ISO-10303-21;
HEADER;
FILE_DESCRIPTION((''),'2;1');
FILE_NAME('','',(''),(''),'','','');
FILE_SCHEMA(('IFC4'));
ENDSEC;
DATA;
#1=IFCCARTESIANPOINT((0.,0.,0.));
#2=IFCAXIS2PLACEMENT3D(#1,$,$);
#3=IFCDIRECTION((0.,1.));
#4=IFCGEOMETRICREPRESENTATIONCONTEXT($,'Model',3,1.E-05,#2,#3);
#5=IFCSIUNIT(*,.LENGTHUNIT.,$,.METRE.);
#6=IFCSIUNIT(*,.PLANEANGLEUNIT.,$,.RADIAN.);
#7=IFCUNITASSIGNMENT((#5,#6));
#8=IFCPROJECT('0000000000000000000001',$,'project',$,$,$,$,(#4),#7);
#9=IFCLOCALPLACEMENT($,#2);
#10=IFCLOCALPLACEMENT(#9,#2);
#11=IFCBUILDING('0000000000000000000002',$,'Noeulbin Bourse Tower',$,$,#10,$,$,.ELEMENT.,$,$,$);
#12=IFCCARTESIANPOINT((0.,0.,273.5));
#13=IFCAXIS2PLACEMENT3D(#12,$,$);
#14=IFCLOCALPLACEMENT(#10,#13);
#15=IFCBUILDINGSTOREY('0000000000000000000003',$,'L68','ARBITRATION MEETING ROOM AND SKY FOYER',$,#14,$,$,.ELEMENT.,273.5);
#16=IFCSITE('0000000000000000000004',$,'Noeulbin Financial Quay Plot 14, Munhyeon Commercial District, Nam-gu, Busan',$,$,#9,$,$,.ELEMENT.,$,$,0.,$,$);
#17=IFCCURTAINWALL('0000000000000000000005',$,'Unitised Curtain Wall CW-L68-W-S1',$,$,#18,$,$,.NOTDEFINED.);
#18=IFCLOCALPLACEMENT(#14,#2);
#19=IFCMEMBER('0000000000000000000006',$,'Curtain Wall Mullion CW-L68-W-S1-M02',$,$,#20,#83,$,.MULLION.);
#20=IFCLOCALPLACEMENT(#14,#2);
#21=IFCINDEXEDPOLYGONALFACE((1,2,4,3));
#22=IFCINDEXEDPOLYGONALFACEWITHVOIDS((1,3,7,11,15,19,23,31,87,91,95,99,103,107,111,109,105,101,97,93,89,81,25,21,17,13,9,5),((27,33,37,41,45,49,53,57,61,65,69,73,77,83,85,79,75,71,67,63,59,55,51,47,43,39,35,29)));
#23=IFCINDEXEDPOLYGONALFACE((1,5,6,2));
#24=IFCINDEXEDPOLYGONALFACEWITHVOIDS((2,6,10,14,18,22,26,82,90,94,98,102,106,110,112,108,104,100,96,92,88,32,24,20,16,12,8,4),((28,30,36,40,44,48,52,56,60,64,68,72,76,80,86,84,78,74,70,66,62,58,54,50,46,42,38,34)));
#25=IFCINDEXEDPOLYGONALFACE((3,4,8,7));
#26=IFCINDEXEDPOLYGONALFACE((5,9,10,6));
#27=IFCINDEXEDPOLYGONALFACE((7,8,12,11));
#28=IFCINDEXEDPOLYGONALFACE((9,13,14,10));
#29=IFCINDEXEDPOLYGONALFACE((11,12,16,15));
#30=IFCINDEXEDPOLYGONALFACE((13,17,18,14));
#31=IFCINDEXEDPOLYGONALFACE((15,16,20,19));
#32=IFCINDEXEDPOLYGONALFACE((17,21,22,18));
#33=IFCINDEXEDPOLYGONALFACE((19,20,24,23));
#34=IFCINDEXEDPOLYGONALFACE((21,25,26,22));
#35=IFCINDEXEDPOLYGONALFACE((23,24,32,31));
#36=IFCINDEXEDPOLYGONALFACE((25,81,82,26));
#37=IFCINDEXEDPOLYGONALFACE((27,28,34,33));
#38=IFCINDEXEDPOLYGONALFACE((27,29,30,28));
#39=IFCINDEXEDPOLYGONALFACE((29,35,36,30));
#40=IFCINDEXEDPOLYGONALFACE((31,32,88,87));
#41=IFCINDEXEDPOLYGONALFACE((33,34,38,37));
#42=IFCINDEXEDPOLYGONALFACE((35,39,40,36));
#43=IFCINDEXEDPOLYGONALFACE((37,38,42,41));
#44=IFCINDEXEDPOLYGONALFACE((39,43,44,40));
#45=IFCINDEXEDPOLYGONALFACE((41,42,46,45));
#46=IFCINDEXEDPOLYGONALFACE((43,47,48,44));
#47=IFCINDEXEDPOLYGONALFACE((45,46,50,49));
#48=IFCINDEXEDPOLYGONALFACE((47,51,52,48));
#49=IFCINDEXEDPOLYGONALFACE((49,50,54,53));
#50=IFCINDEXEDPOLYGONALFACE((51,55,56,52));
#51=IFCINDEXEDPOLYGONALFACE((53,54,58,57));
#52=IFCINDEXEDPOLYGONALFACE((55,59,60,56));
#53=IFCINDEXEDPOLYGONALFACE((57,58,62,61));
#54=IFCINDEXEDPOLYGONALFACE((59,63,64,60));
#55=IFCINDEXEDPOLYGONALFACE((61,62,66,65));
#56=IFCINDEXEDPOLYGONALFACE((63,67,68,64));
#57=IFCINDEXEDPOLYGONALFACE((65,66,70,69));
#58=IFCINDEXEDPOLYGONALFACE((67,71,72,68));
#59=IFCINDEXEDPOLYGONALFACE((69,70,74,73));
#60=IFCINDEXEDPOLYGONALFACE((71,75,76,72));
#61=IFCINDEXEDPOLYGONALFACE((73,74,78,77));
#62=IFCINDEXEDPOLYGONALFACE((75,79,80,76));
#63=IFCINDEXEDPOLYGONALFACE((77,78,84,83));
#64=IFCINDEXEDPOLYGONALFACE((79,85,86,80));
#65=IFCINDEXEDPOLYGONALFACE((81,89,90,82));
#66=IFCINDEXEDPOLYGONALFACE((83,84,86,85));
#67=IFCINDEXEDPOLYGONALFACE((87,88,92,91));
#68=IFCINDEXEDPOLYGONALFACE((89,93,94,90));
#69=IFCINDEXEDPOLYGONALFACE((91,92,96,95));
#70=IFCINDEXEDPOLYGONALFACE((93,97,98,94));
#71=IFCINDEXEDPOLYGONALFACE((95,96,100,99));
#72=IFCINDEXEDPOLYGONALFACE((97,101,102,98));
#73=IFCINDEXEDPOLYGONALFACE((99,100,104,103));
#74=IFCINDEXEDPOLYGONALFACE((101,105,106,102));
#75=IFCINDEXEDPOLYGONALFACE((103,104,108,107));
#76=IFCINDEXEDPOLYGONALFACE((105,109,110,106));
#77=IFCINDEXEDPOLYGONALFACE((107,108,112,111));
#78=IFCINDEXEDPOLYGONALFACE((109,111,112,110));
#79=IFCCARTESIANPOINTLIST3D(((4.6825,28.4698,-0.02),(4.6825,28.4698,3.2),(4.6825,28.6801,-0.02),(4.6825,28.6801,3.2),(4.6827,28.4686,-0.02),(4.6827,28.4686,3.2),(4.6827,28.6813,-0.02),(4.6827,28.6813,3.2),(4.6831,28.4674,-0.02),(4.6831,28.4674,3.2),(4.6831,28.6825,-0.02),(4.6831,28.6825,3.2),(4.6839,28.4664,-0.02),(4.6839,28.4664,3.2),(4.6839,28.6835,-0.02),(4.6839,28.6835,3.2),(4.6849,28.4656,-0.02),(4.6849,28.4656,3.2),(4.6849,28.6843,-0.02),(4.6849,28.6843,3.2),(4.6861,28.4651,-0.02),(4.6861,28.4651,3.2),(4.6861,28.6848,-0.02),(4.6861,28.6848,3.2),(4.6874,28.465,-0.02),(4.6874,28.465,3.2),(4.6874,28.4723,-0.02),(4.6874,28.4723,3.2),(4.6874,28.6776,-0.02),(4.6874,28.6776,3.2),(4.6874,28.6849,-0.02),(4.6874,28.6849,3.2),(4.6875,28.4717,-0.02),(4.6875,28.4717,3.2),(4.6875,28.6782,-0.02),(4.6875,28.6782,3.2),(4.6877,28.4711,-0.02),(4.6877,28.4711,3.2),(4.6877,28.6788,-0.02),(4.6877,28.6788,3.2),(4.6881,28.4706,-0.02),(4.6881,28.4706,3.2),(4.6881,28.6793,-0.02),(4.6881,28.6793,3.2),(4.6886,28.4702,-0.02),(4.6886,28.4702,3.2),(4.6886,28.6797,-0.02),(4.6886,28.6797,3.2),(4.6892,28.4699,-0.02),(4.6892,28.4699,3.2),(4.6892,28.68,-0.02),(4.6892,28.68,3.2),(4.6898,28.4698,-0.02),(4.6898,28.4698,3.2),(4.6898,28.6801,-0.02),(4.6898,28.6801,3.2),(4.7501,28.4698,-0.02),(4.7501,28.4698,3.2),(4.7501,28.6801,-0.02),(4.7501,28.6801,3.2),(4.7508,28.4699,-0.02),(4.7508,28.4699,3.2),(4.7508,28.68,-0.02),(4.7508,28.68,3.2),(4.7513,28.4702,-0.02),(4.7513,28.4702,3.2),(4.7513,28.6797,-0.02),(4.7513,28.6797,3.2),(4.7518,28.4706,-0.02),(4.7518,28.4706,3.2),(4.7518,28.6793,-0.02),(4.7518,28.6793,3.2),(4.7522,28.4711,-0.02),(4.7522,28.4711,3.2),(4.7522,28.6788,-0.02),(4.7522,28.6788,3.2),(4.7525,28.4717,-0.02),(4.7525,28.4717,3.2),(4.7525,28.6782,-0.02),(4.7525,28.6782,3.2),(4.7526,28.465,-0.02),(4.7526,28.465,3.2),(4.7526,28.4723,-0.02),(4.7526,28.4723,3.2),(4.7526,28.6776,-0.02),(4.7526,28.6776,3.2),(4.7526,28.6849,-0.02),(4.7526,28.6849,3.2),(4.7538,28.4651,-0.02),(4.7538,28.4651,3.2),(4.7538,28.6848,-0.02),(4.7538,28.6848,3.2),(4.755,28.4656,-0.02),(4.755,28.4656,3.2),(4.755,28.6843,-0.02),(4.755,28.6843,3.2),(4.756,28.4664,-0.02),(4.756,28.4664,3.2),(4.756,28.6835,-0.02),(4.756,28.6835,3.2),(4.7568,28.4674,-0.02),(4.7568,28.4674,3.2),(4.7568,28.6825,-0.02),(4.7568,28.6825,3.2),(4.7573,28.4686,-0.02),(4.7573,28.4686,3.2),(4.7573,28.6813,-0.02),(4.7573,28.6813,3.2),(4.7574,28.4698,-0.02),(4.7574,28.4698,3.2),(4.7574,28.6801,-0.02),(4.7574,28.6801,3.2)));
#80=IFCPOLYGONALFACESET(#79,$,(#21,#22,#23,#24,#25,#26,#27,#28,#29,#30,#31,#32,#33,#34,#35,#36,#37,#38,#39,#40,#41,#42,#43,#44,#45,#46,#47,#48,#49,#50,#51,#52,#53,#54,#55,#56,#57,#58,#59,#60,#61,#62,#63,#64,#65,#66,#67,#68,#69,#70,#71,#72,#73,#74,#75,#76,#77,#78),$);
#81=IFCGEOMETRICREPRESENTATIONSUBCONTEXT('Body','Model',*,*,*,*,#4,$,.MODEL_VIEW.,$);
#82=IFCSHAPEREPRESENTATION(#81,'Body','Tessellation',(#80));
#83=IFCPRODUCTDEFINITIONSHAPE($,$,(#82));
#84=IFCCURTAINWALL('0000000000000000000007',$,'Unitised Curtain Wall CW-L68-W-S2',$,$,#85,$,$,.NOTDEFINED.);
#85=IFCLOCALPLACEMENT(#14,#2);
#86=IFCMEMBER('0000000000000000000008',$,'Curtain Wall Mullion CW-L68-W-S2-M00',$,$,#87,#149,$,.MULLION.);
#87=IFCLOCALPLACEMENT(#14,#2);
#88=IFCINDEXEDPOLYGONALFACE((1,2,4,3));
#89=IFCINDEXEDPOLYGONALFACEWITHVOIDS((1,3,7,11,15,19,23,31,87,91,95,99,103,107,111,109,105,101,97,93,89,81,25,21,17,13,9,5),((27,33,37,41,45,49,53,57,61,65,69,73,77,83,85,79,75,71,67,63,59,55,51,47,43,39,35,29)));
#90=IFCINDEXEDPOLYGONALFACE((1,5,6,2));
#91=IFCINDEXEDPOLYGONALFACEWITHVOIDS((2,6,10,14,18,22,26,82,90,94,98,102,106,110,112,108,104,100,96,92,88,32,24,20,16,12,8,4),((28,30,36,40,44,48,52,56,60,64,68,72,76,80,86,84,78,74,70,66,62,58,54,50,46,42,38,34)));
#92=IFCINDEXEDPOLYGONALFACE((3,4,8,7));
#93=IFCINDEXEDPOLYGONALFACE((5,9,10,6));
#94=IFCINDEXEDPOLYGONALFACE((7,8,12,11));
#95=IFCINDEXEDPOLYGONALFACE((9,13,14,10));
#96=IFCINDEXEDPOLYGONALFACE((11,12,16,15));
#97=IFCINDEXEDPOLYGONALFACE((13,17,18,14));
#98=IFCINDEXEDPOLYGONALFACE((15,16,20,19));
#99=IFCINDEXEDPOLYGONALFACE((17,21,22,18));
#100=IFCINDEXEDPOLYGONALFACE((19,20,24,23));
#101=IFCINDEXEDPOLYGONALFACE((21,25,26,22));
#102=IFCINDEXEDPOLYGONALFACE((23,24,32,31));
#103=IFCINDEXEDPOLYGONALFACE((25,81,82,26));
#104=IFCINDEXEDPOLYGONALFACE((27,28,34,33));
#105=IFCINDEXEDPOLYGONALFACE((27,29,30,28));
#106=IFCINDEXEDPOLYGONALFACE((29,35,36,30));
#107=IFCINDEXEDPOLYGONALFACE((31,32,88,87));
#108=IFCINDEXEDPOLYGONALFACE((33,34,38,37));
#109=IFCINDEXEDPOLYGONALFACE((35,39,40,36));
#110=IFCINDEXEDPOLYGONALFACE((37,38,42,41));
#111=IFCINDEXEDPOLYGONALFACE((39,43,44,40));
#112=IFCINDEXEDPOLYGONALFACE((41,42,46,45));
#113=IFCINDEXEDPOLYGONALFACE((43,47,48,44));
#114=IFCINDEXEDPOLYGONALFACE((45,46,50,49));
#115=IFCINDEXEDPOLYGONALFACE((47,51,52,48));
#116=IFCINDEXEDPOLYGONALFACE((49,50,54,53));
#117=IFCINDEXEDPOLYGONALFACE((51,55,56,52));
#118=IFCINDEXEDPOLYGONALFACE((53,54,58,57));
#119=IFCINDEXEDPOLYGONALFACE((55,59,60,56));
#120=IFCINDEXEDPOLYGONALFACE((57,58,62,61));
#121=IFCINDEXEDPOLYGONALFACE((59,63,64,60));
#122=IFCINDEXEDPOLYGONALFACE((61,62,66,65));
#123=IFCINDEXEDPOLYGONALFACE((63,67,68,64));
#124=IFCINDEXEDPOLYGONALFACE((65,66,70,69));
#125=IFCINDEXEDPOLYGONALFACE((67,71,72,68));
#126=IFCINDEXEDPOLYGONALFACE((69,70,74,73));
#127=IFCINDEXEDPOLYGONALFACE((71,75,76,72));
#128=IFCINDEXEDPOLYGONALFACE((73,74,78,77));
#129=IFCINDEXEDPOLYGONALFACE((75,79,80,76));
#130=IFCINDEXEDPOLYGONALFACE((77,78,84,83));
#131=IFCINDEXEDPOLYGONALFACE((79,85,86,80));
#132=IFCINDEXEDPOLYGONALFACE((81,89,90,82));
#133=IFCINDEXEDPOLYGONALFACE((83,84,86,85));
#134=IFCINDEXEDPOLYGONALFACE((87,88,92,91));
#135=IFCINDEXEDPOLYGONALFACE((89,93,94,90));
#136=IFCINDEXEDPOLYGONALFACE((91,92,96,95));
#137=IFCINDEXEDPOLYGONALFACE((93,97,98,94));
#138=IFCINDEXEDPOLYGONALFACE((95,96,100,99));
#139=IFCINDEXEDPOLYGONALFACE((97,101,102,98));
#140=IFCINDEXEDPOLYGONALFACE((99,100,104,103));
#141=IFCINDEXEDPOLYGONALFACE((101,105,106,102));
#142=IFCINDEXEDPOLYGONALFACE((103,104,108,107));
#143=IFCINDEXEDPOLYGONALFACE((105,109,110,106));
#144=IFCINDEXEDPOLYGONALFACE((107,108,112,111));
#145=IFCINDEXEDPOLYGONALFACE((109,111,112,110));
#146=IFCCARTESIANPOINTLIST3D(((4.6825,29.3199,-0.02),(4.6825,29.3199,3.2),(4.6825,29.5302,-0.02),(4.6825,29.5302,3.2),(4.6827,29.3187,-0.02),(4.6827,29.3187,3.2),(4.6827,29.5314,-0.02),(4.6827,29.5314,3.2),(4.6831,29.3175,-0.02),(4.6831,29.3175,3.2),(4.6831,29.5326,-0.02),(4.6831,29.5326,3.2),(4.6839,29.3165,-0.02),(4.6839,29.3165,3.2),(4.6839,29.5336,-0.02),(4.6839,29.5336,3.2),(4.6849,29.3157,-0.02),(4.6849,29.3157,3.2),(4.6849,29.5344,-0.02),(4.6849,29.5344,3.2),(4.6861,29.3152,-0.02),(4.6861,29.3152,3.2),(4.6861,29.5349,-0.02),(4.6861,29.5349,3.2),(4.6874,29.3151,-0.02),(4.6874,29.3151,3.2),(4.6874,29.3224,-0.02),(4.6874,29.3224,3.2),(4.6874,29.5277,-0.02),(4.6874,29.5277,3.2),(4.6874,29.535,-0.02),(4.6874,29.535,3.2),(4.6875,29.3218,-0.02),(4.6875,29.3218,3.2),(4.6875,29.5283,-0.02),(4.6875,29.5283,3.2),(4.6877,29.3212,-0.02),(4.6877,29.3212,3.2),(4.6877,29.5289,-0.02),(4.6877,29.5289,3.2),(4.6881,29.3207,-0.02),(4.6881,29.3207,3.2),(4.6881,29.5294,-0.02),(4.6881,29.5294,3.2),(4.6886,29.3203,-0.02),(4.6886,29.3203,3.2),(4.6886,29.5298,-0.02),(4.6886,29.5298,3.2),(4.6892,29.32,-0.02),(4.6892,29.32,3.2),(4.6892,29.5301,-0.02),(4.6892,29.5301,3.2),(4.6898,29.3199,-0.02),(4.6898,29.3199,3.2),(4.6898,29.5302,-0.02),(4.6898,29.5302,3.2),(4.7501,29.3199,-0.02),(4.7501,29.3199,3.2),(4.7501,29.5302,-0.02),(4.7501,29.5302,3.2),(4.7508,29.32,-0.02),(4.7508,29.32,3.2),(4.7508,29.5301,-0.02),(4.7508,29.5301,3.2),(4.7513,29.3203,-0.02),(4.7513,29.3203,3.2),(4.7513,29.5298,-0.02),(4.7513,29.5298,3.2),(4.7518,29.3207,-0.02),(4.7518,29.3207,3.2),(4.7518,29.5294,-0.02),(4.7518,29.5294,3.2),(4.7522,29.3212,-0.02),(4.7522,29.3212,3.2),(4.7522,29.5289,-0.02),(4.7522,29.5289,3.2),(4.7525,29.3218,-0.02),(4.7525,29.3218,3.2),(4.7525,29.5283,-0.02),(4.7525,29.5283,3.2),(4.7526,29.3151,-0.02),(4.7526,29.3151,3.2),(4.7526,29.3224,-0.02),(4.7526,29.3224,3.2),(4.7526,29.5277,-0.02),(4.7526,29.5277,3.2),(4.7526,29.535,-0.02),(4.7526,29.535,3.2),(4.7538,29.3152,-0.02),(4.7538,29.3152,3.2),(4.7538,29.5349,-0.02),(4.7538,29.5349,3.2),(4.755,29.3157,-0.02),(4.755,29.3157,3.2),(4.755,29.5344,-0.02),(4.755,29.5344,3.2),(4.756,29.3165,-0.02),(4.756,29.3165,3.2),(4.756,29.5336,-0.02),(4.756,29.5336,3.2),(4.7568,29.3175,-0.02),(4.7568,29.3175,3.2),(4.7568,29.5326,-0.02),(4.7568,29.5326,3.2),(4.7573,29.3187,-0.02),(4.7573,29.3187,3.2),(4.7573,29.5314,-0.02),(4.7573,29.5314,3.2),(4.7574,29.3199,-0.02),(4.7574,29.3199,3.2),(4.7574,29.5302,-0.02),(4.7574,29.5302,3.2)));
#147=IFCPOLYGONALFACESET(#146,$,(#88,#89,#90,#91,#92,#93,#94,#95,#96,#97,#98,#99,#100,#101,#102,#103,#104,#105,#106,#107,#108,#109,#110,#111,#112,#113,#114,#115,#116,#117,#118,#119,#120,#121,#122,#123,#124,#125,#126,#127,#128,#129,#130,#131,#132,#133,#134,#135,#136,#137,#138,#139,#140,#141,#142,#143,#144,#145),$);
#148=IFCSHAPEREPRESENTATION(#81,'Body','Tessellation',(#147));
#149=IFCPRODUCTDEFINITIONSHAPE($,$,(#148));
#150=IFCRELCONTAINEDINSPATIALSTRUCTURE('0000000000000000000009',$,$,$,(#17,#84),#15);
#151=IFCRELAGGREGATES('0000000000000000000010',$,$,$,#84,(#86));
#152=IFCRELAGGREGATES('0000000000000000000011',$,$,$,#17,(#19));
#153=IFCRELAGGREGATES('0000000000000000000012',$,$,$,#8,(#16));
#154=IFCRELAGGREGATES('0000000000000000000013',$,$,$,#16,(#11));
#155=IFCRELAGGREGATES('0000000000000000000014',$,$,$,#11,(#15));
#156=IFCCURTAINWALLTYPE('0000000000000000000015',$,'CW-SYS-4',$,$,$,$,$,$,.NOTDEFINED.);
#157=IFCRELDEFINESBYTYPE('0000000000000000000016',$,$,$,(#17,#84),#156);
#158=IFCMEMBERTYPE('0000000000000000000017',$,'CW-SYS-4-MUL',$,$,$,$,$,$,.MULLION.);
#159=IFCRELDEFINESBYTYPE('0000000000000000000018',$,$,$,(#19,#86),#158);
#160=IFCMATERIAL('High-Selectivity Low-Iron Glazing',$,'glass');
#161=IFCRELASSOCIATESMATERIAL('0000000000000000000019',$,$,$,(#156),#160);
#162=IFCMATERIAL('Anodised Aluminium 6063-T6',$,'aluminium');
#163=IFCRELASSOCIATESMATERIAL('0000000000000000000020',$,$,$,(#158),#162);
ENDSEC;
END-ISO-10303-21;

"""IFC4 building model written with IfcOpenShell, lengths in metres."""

from ifc_helpers import new_model, si_unit, direction, frame, origin, origin_2d, place, context, subcontext, project, spatial, hollow_rectangle, extrude, material, material_profile, profile_set, type_object, element, aggregate, save


model = new_model("IFC4")

# Units and contexts
model_context = context("Model", 3, precision=1e-05, world=origin(), true_north=direction((0.0, 1.0)))
body_context = subcontext(model_context, "Body", "Model", "MODEL_VIEW")
ifc_project = project(units=[si_unit("LENGTHUNIT", "METRE"), si_unit("PLANEANGLEUNIT", "RADIAN")], contexts=[model_context])

# Site, building, storey
site_placement = place(None, origin())
site = spatial("IfcSite", under=ifc_project, at=site_placement, Name="Noeulbin Financial Quay Plot 14, Munhyeon Commercial District, Nam-gu, Busan", CompositionType="ELEMENT", RefElevation=0.0)
building_placement = place(site_placement, origin())
building = spatial("IfcBuilding", under=site, at=building_placement, Name="Noeulbin Bourse Tower", CompositionType="ELEMENT")
storey_placement = place(building_placement, frame((0.0, 0.0, 273.5)))
storey = spatial("IfcBuildingStorey", under=building, at=storey_placement, Name="L68", Description="ARBITRATION MEETING ROOM AND SKY FOYER", CompositionType="ELEMENT", Elevation=273.5)

# Curtain wall, member
ifc_material_1 = material(Name="High-Selectivity Low-Iron Glazing", Category="glass")
curtain_wall_type = type_object("IfcCurtainWallType", Name="CW-SYS-4", PredefinedType="NOTDEFINED", material=ifc_material_1)
curtain_wall_1_placement = place(storey_placement, origin())
curtain_wall_1 = element("IfcCurtainWall", 1, at=curtain_wall_1_placement, inside=storey, type_object=curtain_wall_type, Name="Unitised Curtain Wall CW-L68-W-S1", PredefinedType="NOTDEFINED")
ifc_material_2 = material(Name="Anodised Aluminium 6063-T6", Category="aluminium")
ifc_material_profile_1 = material_profile(ifc_material_2, hollow_rectangle(XDim=0.075, YDim=0.22, WallThickness=0.0049, InnerFilletRadius=0.0024, OuterFilletRadius=0.0049, at=origin_2d()), Name="ALU-MULL-75x220x5", Category="LoadBearing")
ifc_profile_set_1 = profile_set([ifc_material_profile_1], Name="Anodised Aluminium 6063-T6")
member_type_1 = type_object("IfcMemberType", Name="CW-SYS-4-MUL", PredefinedType="MULLION", material=ifc_profile_set_1)
member_1_placement = place(storey_placement, frame((4.72, 28.575, -0.02), z_axis=(0.0, 0.0, 1.0), x_axis=(1.0, 0.0, 0.0)))
member_1 = element("IfcMember", 2, at=member_1_placement, type_object=member_type_1, Name="Curtain Wall Mullion CW-L68-W-S1-M02", PredefinedType="MULLION", context=body_context, shape_type="SweptSolid", body=[
    extrude(hollow_rectangle(XDim=0.075, YDim=0.22, WallThickness=0.0049, InnerFilletRadius=0.0024, OuterFilletRadius=0.0049, at=origin_2d()), origin(), (0.0, 0.0, 1.0), 3.22),
])

# Curtain wall, member
curtain_wall_2_placement = place(storey_placement, origin())
curtain_wall_2 = element("IfcCurtainWall", 3, at=curtain_wall_2_placement, inside=storey, type_object=curtain_wall_type, Name="Unitised Curtain Wall CW-L68-W-S2", PredefinedType="NOTDEFINED")
member_2_placement = place(storey_placement, frame((4.72, 29.425, -0.02), z_axis=(0.0, 0.0, 1.0), x_axis=(1.0, 0.0, 0.0)))
member_2 = element("IfcMember", 4, at=member_2_placement, type_object=member_type_1, Name="Curtain Wall Mullion CW-L68-W-S2-M00", PredefinedType="MULLION", context=body_context, shape_type="SweptSolid", body=[
    extrude(hollow_rectangle(XDim=0.075, YDim=0.22, WallThickness=0.0049, InnerFilletRadius=0.0024, OuterFilletRadius=0.0049, at=origin_2d()), origin(), (0.0, 0.0, 1.0), 3.22),
])

aggregate(curtain_wall_2, [member_2])

aggregate(curtain_wall_1, [member_1])

save(model, "model.ifc")
